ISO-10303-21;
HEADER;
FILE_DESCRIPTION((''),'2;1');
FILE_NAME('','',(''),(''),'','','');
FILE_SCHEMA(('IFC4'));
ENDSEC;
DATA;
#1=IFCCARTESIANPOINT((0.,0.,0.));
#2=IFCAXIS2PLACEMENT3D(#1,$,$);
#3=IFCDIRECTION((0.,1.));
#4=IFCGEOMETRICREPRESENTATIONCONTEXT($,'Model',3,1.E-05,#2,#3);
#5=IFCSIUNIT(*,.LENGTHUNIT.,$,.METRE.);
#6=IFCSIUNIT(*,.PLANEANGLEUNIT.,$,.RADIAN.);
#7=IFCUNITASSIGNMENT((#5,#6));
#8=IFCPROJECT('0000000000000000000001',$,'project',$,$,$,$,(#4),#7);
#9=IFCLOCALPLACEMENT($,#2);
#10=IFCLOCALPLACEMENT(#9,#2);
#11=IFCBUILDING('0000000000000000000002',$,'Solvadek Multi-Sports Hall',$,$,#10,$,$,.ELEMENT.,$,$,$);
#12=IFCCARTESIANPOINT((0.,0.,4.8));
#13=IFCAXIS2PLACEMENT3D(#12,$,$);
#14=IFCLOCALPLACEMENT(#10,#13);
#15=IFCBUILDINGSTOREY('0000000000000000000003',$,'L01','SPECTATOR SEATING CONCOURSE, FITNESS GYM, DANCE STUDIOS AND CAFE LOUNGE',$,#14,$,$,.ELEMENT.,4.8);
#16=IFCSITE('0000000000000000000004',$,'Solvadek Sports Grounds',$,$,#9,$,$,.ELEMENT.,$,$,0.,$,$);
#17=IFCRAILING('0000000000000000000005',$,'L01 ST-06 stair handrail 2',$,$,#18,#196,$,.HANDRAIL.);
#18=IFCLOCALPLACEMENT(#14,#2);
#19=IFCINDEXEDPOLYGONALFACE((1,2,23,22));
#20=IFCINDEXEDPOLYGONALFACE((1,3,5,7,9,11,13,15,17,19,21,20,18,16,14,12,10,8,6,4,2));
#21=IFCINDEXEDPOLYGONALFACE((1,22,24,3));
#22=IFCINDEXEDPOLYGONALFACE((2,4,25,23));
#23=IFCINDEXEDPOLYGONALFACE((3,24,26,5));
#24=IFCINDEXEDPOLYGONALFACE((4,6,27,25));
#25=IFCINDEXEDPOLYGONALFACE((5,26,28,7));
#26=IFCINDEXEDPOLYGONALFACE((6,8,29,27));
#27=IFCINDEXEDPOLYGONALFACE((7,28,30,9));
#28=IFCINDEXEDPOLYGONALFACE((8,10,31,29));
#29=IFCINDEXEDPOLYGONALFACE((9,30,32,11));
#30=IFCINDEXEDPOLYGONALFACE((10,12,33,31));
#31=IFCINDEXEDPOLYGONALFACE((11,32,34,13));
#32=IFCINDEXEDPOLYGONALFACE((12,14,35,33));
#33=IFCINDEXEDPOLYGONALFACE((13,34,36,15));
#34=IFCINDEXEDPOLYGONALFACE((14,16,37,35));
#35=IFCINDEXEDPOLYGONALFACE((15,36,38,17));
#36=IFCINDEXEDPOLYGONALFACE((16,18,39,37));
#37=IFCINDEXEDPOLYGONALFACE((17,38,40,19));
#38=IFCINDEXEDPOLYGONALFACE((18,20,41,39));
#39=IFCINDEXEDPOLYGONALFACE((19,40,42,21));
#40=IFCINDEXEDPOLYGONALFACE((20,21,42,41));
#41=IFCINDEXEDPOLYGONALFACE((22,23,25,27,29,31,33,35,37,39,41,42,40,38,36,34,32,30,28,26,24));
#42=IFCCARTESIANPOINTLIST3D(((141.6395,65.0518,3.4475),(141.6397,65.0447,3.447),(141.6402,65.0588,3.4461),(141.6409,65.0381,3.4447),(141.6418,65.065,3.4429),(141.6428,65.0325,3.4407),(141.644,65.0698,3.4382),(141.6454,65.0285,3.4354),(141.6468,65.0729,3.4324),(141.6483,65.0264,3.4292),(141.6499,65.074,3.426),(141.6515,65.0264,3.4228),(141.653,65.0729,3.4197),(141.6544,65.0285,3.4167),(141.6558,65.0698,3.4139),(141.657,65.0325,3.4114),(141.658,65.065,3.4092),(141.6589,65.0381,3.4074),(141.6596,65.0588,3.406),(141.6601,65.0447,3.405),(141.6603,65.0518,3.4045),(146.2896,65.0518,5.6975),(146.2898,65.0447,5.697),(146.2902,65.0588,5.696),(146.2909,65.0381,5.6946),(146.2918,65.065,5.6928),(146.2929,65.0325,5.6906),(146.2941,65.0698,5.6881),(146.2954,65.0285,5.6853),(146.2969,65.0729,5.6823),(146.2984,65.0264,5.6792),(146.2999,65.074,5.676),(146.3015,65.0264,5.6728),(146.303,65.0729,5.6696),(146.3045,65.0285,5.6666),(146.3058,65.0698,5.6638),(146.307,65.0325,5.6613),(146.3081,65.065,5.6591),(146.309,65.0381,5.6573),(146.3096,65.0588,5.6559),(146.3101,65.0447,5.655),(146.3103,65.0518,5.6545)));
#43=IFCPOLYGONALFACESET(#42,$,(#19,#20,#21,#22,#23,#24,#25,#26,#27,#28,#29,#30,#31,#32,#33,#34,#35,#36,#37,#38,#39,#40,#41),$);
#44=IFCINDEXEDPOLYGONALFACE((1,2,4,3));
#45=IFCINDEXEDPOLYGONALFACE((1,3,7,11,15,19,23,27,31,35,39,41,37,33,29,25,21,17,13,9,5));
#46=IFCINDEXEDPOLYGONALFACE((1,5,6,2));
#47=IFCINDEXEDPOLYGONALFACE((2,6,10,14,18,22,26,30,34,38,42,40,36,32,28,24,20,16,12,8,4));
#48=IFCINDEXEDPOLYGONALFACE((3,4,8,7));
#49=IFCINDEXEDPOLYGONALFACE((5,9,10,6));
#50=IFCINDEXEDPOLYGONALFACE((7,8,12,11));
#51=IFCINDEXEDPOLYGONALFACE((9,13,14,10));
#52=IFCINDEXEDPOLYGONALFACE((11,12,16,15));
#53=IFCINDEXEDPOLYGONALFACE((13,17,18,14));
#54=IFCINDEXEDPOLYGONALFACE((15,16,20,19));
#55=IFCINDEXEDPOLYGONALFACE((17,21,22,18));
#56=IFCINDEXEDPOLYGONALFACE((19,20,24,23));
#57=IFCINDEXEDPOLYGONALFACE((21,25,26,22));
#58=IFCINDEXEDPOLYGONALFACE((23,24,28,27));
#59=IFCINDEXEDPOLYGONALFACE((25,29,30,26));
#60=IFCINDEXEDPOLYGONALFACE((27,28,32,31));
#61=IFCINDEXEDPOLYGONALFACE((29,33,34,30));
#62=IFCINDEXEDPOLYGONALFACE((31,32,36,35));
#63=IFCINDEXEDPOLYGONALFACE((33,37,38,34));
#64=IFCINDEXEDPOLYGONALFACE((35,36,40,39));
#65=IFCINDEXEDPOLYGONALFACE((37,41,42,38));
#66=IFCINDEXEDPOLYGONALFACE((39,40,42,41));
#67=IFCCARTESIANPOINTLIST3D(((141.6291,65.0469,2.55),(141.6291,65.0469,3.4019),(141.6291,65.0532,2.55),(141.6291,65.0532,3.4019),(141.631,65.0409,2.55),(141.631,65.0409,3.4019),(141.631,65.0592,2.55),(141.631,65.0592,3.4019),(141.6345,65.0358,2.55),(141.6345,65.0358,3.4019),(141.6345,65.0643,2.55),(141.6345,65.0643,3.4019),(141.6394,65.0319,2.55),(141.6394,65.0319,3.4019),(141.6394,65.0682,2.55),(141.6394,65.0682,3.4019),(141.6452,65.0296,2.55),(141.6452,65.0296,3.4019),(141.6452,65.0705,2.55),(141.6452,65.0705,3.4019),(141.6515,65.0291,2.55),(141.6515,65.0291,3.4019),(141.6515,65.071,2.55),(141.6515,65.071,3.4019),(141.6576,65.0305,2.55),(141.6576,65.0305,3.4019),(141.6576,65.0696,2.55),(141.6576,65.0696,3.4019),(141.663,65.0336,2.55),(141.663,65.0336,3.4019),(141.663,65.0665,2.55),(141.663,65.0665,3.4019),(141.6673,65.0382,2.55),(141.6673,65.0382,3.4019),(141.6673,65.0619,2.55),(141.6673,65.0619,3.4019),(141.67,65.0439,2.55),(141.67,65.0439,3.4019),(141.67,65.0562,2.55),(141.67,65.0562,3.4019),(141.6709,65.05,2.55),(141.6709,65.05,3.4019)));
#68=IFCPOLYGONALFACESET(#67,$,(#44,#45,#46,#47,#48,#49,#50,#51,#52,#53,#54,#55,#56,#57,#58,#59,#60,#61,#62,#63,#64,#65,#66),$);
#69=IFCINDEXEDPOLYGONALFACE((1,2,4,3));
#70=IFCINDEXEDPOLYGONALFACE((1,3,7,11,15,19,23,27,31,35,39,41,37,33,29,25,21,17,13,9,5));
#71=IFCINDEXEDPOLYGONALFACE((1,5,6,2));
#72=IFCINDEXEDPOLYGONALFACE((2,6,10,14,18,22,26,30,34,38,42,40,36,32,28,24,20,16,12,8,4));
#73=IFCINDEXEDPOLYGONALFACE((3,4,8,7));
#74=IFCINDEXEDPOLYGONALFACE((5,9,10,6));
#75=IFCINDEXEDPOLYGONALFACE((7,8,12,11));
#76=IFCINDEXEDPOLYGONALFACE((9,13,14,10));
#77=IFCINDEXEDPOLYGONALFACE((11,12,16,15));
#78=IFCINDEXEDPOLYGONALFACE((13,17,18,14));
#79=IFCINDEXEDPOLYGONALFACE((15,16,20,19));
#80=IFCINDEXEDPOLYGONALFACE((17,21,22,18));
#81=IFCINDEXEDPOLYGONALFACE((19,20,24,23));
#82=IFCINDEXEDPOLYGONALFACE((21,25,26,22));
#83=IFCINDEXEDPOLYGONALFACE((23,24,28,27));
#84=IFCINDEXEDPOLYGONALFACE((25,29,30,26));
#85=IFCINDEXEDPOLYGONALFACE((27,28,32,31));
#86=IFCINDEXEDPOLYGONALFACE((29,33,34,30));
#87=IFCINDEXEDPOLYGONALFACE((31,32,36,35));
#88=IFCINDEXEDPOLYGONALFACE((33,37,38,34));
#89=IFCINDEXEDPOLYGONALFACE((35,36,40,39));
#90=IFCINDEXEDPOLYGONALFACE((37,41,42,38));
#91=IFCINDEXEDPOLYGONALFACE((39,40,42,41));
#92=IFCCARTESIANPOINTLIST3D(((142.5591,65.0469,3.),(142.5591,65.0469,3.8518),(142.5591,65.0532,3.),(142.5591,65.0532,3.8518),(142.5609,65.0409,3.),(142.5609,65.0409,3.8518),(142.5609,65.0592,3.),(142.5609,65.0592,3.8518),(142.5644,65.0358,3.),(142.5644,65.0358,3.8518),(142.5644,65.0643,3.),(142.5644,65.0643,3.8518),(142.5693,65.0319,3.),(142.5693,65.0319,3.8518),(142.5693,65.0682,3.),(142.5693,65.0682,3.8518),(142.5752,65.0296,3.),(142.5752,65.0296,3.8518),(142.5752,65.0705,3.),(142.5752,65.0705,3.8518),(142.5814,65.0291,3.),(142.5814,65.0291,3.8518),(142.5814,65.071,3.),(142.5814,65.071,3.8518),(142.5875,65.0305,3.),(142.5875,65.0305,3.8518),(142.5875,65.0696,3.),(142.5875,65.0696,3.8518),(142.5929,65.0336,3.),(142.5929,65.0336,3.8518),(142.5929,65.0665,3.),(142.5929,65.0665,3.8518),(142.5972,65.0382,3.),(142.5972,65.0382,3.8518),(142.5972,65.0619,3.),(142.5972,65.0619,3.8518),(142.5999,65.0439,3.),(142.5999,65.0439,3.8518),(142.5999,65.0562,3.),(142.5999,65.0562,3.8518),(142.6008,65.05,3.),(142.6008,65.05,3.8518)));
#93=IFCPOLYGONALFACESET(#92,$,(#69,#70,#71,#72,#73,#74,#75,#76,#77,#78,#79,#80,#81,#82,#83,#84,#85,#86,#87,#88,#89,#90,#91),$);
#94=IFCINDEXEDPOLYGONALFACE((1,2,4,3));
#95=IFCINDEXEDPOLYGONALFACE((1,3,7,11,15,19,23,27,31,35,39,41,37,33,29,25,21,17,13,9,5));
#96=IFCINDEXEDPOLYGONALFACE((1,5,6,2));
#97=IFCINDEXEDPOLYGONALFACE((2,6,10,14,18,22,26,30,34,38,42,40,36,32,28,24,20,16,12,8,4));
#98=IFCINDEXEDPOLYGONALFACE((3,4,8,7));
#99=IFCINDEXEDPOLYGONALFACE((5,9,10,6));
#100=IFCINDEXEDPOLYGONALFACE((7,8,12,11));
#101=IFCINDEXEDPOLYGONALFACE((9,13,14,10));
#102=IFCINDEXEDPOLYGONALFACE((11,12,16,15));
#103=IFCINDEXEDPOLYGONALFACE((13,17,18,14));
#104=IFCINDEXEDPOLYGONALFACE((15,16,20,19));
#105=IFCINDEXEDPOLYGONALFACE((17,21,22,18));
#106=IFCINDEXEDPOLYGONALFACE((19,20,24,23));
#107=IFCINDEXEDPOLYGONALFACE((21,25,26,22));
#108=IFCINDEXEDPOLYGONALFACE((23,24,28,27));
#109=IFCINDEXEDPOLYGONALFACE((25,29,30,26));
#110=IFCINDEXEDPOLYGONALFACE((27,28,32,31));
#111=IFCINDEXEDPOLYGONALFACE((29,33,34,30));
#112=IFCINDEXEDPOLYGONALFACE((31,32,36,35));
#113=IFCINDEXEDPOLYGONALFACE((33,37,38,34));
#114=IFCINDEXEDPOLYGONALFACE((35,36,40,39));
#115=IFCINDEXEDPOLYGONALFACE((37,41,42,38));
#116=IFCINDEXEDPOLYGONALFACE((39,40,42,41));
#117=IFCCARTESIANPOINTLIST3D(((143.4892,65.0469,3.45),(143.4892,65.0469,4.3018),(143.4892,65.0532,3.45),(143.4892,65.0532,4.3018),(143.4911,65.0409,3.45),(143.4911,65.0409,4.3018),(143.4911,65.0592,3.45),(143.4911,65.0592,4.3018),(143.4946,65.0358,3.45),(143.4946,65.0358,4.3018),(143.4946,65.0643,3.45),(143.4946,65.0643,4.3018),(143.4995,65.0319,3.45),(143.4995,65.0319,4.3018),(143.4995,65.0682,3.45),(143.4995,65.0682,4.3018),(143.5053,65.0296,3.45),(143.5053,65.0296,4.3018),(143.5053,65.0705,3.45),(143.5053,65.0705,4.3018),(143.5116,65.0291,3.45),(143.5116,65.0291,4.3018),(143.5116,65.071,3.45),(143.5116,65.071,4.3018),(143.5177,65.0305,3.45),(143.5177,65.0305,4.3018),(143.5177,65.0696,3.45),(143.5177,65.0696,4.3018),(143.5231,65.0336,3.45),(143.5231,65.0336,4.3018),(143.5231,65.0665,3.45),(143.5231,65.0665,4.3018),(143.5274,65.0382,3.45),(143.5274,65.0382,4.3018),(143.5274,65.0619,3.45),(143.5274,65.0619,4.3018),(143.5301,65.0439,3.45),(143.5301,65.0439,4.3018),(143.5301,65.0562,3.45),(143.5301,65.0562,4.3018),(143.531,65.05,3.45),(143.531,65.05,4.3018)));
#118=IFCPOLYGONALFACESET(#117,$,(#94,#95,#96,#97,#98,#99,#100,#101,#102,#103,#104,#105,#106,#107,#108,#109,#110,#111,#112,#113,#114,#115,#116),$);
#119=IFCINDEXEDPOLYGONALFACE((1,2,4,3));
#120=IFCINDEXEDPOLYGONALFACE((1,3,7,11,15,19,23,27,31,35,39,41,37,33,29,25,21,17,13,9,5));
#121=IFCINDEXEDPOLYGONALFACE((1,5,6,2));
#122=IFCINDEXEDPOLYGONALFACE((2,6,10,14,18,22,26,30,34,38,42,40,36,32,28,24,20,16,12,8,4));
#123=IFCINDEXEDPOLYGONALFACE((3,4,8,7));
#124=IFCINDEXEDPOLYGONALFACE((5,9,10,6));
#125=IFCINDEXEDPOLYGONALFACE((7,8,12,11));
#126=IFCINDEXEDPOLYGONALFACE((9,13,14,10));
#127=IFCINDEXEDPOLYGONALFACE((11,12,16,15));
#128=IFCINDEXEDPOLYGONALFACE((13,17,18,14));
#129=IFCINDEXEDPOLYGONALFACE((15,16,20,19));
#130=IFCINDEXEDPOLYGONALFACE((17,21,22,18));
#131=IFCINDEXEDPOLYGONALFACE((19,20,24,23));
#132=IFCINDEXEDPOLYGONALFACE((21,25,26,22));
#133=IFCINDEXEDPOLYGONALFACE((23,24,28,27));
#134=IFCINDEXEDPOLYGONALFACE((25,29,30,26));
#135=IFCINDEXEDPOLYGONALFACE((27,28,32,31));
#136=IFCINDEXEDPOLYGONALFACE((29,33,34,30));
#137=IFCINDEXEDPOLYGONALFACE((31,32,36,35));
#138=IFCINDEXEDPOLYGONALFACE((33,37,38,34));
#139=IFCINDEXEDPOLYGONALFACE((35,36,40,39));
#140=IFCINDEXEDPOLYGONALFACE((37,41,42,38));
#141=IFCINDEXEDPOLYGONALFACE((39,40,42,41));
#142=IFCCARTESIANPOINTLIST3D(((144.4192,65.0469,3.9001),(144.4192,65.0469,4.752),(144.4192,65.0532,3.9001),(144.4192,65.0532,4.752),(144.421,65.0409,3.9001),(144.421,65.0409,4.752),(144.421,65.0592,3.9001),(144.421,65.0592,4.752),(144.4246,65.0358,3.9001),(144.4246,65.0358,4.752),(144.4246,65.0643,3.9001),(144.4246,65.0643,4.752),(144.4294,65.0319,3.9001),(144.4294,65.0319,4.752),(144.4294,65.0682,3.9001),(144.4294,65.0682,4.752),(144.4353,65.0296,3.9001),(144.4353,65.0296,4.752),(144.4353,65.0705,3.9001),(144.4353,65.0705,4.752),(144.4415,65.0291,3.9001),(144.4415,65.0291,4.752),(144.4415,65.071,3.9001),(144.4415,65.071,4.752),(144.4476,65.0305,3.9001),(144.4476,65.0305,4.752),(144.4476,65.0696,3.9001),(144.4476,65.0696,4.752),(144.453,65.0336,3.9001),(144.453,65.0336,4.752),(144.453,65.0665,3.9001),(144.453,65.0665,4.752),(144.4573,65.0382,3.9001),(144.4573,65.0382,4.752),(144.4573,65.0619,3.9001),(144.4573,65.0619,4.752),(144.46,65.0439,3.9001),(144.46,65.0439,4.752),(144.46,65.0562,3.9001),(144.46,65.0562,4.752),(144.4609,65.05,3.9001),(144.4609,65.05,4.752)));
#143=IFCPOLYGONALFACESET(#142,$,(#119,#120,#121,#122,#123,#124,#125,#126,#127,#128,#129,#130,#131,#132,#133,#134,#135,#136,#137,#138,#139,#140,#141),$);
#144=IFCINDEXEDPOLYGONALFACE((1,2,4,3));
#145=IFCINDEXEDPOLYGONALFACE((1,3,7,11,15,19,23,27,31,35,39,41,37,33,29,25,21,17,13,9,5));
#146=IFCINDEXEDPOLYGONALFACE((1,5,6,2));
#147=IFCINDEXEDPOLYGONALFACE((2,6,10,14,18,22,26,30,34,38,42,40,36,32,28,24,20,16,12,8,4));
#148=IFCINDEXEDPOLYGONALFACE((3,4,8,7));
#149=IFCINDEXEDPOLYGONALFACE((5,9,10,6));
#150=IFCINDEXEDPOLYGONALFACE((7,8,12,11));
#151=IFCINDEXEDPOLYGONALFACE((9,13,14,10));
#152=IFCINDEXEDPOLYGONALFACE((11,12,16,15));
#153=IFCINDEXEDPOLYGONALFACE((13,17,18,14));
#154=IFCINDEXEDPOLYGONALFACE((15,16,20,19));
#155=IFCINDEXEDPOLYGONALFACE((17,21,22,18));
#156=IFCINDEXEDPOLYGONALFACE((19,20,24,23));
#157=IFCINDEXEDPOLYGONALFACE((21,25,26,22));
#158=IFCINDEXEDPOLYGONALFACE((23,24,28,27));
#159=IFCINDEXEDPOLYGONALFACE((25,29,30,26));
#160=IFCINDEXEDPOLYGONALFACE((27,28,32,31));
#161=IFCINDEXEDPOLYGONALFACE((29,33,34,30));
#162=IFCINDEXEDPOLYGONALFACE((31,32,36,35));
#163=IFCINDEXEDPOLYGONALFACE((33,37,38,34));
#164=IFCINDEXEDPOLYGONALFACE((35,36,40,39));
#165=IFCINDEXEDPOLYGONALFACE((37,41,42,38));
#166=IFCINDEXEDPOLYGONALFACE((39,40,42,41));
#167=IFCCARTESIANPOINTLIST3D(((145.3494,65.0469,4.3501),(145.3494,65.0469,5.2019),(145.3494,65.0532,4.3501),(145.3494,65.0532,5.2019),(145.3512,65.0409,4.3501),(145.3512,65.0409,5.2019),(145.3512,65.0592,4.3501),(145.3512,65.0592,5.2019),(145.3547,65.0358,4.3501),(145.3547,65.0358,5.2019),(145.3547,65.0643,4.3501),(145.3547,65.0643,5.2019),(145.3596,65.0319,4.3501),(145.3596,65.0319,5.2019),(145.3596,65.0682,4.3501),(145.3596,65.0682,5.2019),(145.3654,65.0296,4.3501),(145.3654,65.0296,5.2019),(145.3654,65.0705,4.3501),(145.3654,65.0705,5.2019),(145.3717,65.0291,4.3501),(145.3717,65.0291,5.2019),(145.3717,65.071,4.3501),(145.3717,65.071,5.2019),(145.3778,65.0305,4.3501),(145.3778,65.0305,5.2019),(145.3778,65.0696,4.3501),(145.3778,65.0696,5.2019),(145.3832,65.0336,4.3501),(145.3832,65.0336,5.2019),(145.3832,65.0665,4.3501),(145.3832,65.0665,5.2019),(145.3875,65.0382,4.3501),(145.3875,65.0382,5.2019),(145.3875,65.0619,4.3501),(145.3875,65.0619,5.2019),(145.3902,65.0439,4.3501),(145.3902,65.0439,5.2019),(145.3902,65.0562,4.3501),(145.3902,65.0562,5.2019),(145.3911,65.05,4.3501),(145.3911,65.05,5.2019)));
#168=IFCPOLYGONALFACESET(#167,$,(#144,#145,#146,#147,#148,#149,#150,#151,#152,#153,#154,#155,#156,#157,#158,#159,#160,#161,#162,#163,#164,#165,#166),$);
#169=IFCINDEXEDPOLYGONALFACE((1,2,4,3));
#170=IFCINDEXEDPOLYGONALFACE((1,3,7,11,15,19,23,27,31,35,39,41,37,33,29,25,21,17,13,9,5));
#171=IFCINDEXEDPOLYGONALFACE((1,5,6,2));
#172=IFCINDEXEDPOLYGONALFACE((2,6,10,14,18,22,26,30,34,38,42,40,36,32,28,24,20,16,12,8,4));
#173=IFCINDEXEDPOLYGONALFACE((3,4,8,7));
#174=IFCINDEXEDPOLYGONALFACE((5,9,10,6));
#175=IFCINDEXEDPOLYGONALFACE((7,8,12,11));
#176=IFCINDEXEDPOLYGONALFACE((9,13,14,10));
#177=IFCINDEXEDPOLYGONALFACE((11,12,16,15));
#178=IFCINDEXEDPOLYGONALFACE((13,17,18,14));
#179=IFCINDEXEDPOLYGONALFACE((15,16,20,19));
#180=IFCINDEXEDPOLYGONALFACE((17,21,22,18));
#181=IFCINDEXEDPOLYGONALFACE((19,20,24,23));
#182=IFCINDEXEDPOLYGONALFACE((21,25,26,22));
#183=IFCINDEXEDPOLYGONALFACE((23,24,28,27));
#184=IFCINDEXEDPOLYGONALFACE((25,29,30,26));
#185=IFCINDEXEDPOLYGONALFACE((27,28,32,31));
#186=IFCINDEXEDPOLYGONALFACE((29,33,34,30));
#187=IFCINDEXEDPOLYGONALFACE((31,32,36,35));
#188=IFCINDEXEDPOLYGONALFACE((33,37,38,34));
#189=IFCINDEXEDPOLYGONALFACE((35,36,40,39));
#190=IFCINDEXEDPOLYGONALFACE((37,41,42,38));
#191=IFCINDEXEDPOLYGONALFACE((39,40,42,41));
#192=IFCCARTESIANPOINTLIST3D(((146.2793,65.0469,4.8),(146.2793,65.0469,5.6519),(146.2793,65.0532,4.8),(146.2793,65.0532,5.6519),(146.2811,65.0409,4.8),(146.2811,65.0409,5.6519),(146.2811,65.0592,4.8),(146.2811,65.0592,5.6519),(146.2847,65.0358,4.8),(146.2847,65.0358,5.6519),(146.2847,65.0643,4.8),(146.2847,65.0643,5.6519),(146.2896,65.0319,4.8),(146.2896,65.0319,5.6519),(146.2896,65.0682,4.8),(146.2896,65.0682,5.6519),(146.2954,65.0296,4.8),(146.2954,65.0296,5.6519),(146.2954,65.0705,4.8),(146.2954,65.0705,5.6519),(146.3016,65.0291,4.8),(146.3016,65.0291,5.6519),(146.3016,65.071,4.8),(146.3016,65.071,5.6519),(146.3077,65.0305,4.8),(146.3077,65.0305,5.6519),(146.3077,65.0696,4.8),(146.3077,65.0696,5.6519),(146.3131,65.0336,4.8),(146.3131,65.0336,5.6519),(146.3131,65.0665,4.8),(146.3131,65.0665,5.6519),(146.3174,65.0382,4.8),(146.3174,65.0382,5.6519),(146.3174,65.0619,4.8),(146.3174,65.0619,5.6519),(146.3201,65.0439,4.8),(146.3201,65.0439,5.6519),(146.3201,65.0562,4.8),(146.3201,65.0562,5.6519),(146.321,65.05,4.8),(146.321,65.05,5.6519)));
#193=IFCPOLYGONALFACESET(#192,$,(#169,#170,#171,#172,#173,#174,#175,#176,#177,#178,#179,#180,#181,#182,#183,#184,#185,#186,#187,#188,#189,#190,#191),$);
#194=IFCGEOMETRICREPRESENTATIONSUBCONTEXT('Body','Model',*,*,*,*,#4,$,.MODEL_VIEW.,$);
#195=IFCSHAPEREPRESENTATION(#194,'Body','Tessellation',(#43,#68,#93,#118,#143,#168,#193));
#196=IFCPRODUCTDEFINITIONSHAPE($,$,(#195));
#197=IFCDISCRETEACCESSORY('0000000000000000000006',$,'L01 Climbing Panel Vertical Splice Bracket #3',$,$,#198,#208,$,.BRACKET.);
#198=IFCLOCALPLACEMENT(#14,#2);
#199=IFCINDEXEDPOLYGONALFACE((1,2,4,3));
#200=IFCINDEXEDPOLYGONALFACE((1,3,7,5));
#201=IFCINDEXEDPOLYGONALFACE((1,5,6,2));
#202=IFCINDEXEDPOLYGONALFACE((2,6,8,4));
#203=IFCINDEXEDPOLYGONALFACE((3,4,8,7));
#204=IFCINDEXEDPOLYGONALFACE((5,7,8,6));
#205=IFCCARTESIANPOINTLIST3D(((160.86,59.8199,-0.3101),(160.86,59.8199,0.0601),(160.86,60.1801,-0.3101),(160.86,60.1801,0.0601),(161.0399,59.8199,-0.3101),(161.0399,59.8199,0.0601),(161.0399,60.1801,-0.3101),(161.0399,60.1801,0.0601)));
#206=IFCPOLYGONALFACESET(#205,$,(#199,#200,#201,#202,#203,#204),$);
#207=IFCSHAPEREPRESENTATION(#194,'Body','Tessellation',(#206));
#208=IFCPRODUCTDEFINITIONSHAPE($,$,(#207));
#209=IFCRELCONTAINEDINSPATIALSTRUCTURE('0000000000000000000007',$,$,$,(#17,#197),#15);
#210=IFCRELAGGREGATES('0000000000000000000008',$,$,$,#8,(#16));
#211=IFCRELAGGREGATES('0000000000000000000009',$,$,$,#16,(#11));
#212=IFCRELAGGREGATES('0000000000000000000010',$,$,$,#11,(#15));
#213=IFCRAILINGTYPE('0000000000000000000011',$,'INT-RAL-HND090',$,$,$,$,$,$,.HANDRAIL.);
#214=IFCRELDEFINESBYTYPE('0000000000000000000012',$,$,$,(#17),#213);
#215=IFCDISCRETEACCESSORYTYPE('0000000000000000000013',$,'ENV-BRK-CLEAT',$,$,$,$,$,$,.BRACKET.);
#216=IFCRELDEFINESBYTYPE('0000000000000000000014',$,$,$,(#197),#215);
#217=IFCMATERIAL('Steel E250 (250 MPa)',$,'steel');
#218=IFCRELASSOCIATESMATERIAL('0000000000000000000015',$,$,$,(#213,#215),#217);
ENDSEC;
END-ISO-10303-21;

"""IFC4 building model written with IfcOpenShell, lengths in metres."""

from ifc_helpers import new_model, si_unit, direction, frame, origin, origin_2d, place, context, subcontext, project, spatial, rectangle, circle, extrude, material, type_object, element, save


model = new_model("IFC4")

# Units and contexts
model_context = context("Model", 3, precision=1e-05, world=origin(), true_north=direction((0.0, 1.0)))
body_context = subcontext(model_context, "Body", "Model", "MODEL_VIEW")
ifc_project = project(units=[si_unit("LENGTHUNIT", "METRE"), si_unit("PLANEANGLEUNIT", "RADIAN")], contexts=[model_context])

# Site, building, storey
site_placement = place(None, origin())
site = spatial("IfcSite", under=ifc_project, at=site_placement, Name="Solvadek Sports Grounds", CompositionType="ELEMENT", RefElevation=0.0)
building_placement = place(site_placement, origin())
building = spatial("IfcBuilding", under=site, at=building_placement, Name="Solvadek Multi-Sports Hall", CompositionType="ELEMENT")
storey_placement = place(building_placement, frame((0.0, 0.0, 4.8)))
storey = spatial("IfcBuildingStorey", under=building, at=storey_placement, Name="L01", Description="SPECTATOR SEATING CONCOURSE, FITNESS GYM, DANCE STUDIOS AND CAFE LOUNGE", CompositionType="ELEMENT", Elevation=4.8)

# Shared definitions
ifc_material_1 = material(Name="Steel E250 (250 MPa)", Category="steel")

# Railing
railing_type_1 = type_object("IfcRailingType", Name="INT-RAL-HND090", PredefinedType="HANDRAIL", material=ifc_material_1)
railing_1_placement = place(storey_placement, frame((141.6499, 65.05, 2.55)))
element("IfcRailing", 1, at=railing_1_placement, inside=storey, type_object=railing_type_1, Name="L01 ST-06 stair handrail 2", PredefinedType="HANDRAIL", context=body_context, shape_type="SweptSolid", body=[
    extrude(circle(Radius=0.0239, at=origin_2d()), frame((0.0, 0.0, 0.876), z_axis=(0.900165, 0.0, 0.43555), x_axis=(0.0, 1.0, 0.0)), (0.0, 0.0, 1.0), 5.1658),
    extrude(circle(Radius=0.021, at=origin_2d()), origin(), (0.0, 0.0, 1.0), 0.8518),
    extrude(circle(Radius=0.021, at=origin_2d()), frame((0.9299, 0.0, 0.45)), (0.0, 0.0, 1.0), 0.8518),
    extrude(circle(Radius=0.021, at=origin_2d()), frame((1.8601, 0.0, 0.8999)), (0.0, 0.0, 1.0), 0.8518),
    extrude(circle(Radius=0.021, at=origin_2d()), frame((2.79, 0.0, 1.3501)), (0.0, 0.0, 1.0), 0.8518),
    extrude(circle(Radius=0.021, at=origin_2d()), frame((3.7202, 0.0, 1.8)), (0.0, 0.0, 1.0), 0.8518),
    extrude(circle(Radius=0.021, at=origin_2d()), frame((4.6501, 0.0, 2.25)), (0.0, 0.0, 1.0), 0.8518),
])

# Discrete accessory
discrete_accessory_type = type_object("IfcDiscreteAccessoryType", Name="ENV-BRK-CLEAT", PredefinedType="BRACKET", material=ifc_material_1)
discrete_accessory_1_placement = place(storey_placement, frame((160.95, 60.0, -0.3101), z_axis=(0.0, 0.0, 1.0), x_axis=(1.0, 0.0, 0.0)))
element("IfcDiscreteAccessory", 2, at=discrete_accessory_1_placement, inside=storey, type_object=discrete_accessory_type, Name="L01 Climbing Panel Vertical Splice Bracket #3", PredefinedType="BRACKET", context=body_context, shape_type="SweptSolid", body=[
    extrude(rectangle(XDim=0.1799, YDim=0.3601, at=origin_2d()), origin(), (0.0, 0.0, 1.0), 0.3701),
])

save(model, "model.ifc")
